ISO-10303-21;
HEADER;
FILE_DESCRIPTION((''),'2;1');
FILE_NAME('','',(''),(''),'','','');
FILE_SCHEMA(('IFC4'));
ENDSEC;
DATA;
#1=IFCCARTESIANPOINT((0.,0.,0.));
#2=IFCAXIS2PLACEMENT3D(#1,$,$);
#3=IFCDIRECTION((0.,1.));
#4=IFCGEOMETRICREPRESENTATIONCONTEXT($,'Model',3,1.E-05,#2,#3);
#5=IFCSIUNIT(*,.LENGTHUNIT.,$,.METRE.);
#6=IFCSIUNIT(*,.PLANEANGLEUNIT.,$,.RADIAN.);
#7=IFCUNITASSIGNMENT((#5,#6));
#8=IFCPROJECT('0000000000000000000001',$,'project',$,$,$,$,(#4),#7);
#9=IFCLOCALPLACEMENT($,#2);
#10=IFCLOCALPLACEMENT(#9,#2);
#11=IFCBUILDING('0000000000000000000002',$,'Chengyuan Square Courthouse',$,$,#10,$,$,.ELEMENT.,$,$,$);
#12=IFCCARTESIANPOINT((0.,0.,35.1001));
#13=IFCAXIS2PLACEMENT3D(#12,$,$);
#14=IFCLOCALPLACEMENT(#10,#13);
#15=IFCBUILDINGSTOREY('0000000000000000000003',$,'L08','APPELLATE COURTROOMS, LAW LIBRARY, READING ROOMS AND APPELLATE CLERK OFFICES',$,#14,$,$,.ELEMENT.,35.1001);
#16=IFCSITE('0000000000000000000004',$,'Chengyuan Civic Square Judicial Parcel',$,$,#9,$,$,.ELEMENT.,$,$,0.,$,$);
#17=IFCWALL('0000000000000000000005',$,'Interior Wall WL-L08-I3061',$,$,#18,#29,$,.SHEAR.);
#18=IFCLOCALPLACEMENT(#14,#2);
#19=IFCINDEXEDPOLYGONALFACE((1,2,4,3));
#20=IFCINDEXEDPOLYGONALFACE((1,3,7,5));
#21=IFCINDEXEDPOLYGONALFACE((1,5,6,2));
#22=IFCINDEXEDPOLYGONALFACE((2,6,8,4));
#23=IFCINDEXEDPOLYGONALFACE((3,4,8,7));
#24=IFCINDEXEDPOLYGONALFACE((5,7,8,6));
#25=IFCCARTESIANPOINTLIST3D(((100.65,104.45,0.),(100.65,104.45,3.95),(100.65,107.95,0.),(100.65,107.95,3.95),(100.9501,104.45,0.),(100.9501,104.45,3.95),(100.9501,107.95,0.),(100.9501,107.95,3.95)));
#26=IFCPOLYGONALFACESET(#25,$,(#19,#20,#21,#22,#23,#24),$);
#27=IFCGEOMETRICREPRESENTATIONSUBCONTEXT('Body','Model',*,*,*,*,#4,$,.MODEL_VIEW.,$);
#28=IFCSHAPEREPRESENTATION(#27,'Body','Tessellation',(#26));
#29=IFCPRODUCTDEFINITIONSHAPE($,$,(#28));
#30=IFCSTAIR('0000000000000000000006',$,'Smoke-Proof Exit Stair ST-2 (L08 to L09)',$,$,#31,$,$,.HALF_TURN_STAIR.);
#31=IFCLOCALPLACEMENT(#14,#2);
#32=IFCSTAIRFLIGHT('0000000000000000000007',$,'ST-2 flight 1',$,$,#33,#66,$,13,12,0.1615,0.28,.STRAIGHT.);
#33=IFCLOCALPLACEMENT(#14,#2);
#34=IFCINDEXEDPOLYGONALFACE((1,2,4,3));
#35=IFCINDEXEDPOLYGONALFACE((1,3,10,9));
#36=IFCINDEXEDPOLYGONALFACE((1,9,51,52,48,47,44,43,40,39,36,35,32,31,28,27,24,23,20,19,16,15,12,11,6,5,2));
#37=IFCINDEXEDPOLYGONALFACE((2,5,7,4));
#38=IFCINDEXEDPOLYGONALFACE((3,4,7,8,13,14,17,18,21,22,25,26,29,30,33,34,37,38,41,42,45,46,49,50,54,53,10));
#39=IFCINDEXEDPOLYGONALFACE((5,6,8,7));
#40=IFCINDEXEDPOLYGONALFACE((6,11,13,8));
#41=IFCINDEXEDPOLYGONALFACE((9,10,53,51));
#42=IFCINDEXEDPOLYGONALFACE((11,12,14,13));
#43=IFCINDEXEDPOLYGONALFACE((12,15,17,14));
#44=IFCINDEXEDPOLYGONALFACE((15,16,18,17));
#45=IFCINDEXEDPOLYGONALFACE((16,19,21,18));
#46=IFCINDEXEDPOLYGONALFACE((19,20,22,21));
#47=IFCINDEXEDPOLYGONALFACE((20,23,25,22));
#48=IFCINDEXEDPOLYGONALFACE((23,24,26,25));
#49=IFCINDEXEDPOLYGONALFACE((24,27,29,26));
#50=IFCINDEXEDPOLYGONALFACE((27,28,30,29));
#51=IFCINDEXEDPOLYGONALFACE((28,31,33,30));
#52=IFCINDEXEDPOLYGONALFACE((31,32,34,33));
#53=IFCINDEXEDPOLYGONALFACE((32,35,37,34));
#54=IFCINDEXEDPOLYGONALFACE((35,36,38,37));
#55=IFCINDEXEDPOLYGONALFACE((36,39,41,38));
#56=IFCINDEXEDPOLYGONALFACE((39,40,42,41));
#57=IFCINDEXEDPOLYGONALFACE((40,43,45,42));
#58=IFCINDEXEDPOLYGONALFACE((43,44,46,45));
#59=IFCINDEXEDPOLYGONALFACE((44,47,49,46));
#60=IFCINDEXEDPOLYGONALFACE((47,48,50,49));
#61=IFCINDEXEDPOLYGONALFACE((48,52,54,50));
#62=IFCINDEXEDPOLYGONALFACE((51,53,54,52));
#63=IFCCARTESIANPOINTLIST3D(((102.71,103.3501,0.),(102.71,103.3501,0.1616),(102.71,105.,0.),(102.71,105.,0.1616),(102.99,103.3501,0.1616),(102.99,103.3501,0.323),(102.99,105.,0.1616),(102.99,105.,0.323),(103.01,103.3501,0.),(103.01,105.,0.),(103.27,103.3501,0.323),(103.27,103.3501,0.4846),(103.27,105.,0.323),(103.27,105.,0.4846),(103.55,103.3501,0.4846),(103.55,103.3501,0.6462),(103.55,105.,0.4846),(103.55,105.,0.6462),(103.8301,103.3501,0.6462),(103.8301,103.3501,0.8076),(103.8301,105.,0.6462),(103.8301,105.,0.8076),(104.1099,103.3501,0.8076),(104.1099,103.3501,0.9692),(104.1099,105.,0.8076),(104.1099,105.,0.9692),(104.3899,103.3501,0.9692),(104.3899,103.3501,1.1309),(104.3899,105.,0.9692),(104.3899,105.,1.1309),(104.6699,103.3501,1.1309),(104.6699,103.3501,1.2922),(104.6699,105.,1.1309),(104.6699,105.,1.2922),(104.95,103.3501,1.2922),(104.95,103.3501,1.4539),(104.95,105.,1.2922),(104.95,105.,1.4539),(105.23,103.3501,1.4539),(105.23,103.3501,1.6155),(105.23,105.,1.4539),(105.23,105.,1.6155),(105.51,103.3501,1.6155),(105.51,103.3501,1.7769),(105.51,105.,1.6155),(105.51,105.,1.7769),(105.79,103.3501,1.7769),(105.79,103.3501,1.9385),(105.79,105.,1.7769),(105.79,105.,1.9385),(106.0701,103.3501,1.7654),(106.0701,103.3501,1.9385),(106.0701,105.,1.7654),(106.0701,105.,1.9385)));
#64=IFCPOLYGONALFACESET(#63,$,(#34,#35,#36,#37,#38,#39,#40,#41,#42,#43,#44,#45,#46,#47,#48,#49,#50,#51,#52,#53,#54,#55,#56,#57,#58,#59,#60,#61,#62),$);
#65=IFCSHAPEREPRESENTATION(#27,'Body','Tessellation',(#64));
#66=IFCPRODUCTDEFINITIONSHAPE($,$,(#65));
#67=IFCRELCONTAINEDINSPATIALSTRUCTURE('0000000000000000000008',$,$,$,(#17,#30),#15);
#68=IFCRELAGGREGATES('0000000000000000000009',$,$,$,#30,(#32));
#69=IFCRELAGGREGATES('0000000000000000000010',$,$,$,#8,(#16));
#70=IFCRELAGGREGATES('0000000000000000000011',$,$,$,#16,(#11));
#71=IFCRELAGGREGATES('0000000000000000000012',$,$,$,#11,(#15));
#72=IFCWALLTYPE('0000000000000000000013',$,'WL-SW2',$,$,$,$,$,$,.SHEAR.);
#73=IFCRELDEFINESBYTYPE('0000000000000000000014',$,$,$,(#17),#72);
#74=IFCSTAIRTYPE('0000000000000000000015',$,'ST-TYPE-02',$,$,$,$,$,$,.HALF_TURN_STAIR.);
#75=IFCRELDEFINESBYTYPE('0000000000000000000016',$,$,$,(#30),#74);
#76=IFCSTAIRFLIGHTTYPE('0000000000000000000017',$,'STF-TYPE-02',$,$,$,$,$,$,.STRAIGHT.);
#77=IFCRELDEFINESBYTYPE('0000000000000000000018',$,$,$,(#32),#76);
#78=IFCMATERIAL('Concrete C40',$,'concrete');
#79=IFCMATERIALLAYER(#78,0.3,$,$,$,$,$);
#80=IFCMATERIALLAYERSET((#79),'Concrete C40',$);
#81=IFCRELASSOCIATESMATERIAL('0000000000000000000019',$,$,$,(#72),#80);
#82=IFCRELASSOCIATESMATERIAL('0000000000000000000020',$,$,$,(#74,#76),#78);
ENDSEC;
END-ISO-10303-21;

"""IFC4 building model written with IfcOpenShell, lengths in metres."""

from ifc_helpers import new_model, si_unit, direction, frame, frame_2d, origin, place, context, subcontext, project, spatial, polyline, rectangle, outline, extrude, material, layer, layer_set, type_object, element, aggregate, save


model = new_model("IFC4")

# Units and contexts
model_context = context("Model", 3, precision=1e-05, world=origin(), true_north=direction((0.0, 1.0)))
body_context = subcontext(model_context, "Body", "Model", "MODEL_VIEW")
ifc_project = project(units=[si_unit("LENGTHUNIT", "METRE"), si_unit("PLANEANGLEUNIT", "RADIAN")], contexts=[model_context])

# Site, building, storey
site_placement = place(None, origin())
site = spatial("IfcSite", under=ifc_project, at=site_placement, Name="Chengyuan Civic Square Judicial Parcel", CompositionType="ELEMENT", RefElevation=0.0)
building_placement = place(site_placement, origin())
building = spatial("IfcBuilding", under=site, at=building_placement, Name="Chengyuan Square Courthouse", CompositionType="ELEMENT")
storey_placement = place(building_placement, frame((0.0, 0.0, 35.1001)))
storey = spatial("IfcBuildingStorey", under=building, at=storey_placement, Name="L08", Description="APPELLATE COURTROOMS, LAW LIBRARY, READING ROOMS AND APPELLATE CLERK OFFICES", CompositionType="ELEMENT", Elevation=35.1001)

# Shared definitions
ifc_material_1 = material(Name="Concrete C40", Category="concrete")

# Shared definitions
ifc_layer_1 = layer(ifc_material_1, 0.3)
ifc_layer_set_1 = layer_set([ifc_layer_1], Name="Concrete C40")
wall_type_1 = type_object("IfcWallType", Name="WL-SW2", PredefinedType="SHEAR", material=ifc_layer_set_1)

# Wall
wall_1_placement = place(storey_placement, frame((100.8, 104.45, 0.0), z_axis=(0.0, 0.0, 1.0), x_axis=(0.0, 1.0, 0.0)))
element("IfcWall", 1, at=wall_1_placement, inside=storey, type_object=wall_type_1, Name="Interior Wall WL-L08-I3061", PredefinedType="SHEAR", context=body_context, shape_type="SweptSolid", body=[
    extrude(rectangle(XDim=3.5, YDim=0.3, at=frame_2d((1.75, 0.0))), origin(), (0.0, 0.0, 1.0), 3.95),
])

# Stair, stair flight
stair_type = type_object("IfcStairType", Name="ST-TYPE-02", PredefinedType="HALF_TURN_STAIR", material=ifc_material_1)
stair_placement = place(storey_placement, origin())
stair = element("IfcStair", 2, at=stair_placement, inside=storey, type_object=stair_type, Name="Smoke-Proof Exit Stair ST-2 (L08 to L09)", PredefinedType="HALF_TURN_STAIR")
stair_flight_type = type_object("IfcStairFlightType", Name="STF-TYPE-02", PredefinedType="STRAIGHT", material=ifc_material_1)
stair_flight_placement = place(storey_placement, frame((102.71, 104.175, 0.0), z_axis=(0.0, 0.0, 1.0), x_axis=(1.0, 0.0, 0.0)))
stair_flight = element("IfcStairFlight", 3, at=stair_flight_placement, type_object=stair_flight_type, Name="ST-2 flight 1", NumberOfRisers=13, NumberOfTreads=12, PredefinedType="STRAIGHT", RiserHeight=0.1615, TreadLength=0.28, context=body_context, shape_type="SweptSolid", body=[
    extrude(outline(polyline([(0.0, 0.0), (0.0, 0.1616), (0.28, 0.1616), (0.28, 0.323), (0.5601, 0.323), (0.5601, 0.4846), (0.8401, 0.4846), (0.8401, 0.6462), (1.1201, 0.6462), (1.1201, 0.8076), (1.3999, 0.8076), (1.3999, 0.9692), (1.6799, 0.9692), (1.6799, 1.1309), (1.96, 1.1309), (1.96, 1.2922), (2.24, 1.2922), (2.24, 1.4539), (2.52, 1.4539), (2.52, 1.6155), (2.8, 1.6155), (2.8, 1.7769), (3.0801, 1.7769), (3.0801, 1.9385), (3.3601, 1.9385), (3.3601, 2.1001), (3.3601, 1.7654), (0.3, 0.0), (0.0, 0.0)])), frame((0.0, 0.825, 0.0), z_axis=(0.0, -1.0, 0.0), x_axis=(1.0, 0.0, 0.0)), (0.0, 0.0, 1.0), 1.6499),
])
aggregate(stair, [stair_flight])

save(model, "model.ifc")
